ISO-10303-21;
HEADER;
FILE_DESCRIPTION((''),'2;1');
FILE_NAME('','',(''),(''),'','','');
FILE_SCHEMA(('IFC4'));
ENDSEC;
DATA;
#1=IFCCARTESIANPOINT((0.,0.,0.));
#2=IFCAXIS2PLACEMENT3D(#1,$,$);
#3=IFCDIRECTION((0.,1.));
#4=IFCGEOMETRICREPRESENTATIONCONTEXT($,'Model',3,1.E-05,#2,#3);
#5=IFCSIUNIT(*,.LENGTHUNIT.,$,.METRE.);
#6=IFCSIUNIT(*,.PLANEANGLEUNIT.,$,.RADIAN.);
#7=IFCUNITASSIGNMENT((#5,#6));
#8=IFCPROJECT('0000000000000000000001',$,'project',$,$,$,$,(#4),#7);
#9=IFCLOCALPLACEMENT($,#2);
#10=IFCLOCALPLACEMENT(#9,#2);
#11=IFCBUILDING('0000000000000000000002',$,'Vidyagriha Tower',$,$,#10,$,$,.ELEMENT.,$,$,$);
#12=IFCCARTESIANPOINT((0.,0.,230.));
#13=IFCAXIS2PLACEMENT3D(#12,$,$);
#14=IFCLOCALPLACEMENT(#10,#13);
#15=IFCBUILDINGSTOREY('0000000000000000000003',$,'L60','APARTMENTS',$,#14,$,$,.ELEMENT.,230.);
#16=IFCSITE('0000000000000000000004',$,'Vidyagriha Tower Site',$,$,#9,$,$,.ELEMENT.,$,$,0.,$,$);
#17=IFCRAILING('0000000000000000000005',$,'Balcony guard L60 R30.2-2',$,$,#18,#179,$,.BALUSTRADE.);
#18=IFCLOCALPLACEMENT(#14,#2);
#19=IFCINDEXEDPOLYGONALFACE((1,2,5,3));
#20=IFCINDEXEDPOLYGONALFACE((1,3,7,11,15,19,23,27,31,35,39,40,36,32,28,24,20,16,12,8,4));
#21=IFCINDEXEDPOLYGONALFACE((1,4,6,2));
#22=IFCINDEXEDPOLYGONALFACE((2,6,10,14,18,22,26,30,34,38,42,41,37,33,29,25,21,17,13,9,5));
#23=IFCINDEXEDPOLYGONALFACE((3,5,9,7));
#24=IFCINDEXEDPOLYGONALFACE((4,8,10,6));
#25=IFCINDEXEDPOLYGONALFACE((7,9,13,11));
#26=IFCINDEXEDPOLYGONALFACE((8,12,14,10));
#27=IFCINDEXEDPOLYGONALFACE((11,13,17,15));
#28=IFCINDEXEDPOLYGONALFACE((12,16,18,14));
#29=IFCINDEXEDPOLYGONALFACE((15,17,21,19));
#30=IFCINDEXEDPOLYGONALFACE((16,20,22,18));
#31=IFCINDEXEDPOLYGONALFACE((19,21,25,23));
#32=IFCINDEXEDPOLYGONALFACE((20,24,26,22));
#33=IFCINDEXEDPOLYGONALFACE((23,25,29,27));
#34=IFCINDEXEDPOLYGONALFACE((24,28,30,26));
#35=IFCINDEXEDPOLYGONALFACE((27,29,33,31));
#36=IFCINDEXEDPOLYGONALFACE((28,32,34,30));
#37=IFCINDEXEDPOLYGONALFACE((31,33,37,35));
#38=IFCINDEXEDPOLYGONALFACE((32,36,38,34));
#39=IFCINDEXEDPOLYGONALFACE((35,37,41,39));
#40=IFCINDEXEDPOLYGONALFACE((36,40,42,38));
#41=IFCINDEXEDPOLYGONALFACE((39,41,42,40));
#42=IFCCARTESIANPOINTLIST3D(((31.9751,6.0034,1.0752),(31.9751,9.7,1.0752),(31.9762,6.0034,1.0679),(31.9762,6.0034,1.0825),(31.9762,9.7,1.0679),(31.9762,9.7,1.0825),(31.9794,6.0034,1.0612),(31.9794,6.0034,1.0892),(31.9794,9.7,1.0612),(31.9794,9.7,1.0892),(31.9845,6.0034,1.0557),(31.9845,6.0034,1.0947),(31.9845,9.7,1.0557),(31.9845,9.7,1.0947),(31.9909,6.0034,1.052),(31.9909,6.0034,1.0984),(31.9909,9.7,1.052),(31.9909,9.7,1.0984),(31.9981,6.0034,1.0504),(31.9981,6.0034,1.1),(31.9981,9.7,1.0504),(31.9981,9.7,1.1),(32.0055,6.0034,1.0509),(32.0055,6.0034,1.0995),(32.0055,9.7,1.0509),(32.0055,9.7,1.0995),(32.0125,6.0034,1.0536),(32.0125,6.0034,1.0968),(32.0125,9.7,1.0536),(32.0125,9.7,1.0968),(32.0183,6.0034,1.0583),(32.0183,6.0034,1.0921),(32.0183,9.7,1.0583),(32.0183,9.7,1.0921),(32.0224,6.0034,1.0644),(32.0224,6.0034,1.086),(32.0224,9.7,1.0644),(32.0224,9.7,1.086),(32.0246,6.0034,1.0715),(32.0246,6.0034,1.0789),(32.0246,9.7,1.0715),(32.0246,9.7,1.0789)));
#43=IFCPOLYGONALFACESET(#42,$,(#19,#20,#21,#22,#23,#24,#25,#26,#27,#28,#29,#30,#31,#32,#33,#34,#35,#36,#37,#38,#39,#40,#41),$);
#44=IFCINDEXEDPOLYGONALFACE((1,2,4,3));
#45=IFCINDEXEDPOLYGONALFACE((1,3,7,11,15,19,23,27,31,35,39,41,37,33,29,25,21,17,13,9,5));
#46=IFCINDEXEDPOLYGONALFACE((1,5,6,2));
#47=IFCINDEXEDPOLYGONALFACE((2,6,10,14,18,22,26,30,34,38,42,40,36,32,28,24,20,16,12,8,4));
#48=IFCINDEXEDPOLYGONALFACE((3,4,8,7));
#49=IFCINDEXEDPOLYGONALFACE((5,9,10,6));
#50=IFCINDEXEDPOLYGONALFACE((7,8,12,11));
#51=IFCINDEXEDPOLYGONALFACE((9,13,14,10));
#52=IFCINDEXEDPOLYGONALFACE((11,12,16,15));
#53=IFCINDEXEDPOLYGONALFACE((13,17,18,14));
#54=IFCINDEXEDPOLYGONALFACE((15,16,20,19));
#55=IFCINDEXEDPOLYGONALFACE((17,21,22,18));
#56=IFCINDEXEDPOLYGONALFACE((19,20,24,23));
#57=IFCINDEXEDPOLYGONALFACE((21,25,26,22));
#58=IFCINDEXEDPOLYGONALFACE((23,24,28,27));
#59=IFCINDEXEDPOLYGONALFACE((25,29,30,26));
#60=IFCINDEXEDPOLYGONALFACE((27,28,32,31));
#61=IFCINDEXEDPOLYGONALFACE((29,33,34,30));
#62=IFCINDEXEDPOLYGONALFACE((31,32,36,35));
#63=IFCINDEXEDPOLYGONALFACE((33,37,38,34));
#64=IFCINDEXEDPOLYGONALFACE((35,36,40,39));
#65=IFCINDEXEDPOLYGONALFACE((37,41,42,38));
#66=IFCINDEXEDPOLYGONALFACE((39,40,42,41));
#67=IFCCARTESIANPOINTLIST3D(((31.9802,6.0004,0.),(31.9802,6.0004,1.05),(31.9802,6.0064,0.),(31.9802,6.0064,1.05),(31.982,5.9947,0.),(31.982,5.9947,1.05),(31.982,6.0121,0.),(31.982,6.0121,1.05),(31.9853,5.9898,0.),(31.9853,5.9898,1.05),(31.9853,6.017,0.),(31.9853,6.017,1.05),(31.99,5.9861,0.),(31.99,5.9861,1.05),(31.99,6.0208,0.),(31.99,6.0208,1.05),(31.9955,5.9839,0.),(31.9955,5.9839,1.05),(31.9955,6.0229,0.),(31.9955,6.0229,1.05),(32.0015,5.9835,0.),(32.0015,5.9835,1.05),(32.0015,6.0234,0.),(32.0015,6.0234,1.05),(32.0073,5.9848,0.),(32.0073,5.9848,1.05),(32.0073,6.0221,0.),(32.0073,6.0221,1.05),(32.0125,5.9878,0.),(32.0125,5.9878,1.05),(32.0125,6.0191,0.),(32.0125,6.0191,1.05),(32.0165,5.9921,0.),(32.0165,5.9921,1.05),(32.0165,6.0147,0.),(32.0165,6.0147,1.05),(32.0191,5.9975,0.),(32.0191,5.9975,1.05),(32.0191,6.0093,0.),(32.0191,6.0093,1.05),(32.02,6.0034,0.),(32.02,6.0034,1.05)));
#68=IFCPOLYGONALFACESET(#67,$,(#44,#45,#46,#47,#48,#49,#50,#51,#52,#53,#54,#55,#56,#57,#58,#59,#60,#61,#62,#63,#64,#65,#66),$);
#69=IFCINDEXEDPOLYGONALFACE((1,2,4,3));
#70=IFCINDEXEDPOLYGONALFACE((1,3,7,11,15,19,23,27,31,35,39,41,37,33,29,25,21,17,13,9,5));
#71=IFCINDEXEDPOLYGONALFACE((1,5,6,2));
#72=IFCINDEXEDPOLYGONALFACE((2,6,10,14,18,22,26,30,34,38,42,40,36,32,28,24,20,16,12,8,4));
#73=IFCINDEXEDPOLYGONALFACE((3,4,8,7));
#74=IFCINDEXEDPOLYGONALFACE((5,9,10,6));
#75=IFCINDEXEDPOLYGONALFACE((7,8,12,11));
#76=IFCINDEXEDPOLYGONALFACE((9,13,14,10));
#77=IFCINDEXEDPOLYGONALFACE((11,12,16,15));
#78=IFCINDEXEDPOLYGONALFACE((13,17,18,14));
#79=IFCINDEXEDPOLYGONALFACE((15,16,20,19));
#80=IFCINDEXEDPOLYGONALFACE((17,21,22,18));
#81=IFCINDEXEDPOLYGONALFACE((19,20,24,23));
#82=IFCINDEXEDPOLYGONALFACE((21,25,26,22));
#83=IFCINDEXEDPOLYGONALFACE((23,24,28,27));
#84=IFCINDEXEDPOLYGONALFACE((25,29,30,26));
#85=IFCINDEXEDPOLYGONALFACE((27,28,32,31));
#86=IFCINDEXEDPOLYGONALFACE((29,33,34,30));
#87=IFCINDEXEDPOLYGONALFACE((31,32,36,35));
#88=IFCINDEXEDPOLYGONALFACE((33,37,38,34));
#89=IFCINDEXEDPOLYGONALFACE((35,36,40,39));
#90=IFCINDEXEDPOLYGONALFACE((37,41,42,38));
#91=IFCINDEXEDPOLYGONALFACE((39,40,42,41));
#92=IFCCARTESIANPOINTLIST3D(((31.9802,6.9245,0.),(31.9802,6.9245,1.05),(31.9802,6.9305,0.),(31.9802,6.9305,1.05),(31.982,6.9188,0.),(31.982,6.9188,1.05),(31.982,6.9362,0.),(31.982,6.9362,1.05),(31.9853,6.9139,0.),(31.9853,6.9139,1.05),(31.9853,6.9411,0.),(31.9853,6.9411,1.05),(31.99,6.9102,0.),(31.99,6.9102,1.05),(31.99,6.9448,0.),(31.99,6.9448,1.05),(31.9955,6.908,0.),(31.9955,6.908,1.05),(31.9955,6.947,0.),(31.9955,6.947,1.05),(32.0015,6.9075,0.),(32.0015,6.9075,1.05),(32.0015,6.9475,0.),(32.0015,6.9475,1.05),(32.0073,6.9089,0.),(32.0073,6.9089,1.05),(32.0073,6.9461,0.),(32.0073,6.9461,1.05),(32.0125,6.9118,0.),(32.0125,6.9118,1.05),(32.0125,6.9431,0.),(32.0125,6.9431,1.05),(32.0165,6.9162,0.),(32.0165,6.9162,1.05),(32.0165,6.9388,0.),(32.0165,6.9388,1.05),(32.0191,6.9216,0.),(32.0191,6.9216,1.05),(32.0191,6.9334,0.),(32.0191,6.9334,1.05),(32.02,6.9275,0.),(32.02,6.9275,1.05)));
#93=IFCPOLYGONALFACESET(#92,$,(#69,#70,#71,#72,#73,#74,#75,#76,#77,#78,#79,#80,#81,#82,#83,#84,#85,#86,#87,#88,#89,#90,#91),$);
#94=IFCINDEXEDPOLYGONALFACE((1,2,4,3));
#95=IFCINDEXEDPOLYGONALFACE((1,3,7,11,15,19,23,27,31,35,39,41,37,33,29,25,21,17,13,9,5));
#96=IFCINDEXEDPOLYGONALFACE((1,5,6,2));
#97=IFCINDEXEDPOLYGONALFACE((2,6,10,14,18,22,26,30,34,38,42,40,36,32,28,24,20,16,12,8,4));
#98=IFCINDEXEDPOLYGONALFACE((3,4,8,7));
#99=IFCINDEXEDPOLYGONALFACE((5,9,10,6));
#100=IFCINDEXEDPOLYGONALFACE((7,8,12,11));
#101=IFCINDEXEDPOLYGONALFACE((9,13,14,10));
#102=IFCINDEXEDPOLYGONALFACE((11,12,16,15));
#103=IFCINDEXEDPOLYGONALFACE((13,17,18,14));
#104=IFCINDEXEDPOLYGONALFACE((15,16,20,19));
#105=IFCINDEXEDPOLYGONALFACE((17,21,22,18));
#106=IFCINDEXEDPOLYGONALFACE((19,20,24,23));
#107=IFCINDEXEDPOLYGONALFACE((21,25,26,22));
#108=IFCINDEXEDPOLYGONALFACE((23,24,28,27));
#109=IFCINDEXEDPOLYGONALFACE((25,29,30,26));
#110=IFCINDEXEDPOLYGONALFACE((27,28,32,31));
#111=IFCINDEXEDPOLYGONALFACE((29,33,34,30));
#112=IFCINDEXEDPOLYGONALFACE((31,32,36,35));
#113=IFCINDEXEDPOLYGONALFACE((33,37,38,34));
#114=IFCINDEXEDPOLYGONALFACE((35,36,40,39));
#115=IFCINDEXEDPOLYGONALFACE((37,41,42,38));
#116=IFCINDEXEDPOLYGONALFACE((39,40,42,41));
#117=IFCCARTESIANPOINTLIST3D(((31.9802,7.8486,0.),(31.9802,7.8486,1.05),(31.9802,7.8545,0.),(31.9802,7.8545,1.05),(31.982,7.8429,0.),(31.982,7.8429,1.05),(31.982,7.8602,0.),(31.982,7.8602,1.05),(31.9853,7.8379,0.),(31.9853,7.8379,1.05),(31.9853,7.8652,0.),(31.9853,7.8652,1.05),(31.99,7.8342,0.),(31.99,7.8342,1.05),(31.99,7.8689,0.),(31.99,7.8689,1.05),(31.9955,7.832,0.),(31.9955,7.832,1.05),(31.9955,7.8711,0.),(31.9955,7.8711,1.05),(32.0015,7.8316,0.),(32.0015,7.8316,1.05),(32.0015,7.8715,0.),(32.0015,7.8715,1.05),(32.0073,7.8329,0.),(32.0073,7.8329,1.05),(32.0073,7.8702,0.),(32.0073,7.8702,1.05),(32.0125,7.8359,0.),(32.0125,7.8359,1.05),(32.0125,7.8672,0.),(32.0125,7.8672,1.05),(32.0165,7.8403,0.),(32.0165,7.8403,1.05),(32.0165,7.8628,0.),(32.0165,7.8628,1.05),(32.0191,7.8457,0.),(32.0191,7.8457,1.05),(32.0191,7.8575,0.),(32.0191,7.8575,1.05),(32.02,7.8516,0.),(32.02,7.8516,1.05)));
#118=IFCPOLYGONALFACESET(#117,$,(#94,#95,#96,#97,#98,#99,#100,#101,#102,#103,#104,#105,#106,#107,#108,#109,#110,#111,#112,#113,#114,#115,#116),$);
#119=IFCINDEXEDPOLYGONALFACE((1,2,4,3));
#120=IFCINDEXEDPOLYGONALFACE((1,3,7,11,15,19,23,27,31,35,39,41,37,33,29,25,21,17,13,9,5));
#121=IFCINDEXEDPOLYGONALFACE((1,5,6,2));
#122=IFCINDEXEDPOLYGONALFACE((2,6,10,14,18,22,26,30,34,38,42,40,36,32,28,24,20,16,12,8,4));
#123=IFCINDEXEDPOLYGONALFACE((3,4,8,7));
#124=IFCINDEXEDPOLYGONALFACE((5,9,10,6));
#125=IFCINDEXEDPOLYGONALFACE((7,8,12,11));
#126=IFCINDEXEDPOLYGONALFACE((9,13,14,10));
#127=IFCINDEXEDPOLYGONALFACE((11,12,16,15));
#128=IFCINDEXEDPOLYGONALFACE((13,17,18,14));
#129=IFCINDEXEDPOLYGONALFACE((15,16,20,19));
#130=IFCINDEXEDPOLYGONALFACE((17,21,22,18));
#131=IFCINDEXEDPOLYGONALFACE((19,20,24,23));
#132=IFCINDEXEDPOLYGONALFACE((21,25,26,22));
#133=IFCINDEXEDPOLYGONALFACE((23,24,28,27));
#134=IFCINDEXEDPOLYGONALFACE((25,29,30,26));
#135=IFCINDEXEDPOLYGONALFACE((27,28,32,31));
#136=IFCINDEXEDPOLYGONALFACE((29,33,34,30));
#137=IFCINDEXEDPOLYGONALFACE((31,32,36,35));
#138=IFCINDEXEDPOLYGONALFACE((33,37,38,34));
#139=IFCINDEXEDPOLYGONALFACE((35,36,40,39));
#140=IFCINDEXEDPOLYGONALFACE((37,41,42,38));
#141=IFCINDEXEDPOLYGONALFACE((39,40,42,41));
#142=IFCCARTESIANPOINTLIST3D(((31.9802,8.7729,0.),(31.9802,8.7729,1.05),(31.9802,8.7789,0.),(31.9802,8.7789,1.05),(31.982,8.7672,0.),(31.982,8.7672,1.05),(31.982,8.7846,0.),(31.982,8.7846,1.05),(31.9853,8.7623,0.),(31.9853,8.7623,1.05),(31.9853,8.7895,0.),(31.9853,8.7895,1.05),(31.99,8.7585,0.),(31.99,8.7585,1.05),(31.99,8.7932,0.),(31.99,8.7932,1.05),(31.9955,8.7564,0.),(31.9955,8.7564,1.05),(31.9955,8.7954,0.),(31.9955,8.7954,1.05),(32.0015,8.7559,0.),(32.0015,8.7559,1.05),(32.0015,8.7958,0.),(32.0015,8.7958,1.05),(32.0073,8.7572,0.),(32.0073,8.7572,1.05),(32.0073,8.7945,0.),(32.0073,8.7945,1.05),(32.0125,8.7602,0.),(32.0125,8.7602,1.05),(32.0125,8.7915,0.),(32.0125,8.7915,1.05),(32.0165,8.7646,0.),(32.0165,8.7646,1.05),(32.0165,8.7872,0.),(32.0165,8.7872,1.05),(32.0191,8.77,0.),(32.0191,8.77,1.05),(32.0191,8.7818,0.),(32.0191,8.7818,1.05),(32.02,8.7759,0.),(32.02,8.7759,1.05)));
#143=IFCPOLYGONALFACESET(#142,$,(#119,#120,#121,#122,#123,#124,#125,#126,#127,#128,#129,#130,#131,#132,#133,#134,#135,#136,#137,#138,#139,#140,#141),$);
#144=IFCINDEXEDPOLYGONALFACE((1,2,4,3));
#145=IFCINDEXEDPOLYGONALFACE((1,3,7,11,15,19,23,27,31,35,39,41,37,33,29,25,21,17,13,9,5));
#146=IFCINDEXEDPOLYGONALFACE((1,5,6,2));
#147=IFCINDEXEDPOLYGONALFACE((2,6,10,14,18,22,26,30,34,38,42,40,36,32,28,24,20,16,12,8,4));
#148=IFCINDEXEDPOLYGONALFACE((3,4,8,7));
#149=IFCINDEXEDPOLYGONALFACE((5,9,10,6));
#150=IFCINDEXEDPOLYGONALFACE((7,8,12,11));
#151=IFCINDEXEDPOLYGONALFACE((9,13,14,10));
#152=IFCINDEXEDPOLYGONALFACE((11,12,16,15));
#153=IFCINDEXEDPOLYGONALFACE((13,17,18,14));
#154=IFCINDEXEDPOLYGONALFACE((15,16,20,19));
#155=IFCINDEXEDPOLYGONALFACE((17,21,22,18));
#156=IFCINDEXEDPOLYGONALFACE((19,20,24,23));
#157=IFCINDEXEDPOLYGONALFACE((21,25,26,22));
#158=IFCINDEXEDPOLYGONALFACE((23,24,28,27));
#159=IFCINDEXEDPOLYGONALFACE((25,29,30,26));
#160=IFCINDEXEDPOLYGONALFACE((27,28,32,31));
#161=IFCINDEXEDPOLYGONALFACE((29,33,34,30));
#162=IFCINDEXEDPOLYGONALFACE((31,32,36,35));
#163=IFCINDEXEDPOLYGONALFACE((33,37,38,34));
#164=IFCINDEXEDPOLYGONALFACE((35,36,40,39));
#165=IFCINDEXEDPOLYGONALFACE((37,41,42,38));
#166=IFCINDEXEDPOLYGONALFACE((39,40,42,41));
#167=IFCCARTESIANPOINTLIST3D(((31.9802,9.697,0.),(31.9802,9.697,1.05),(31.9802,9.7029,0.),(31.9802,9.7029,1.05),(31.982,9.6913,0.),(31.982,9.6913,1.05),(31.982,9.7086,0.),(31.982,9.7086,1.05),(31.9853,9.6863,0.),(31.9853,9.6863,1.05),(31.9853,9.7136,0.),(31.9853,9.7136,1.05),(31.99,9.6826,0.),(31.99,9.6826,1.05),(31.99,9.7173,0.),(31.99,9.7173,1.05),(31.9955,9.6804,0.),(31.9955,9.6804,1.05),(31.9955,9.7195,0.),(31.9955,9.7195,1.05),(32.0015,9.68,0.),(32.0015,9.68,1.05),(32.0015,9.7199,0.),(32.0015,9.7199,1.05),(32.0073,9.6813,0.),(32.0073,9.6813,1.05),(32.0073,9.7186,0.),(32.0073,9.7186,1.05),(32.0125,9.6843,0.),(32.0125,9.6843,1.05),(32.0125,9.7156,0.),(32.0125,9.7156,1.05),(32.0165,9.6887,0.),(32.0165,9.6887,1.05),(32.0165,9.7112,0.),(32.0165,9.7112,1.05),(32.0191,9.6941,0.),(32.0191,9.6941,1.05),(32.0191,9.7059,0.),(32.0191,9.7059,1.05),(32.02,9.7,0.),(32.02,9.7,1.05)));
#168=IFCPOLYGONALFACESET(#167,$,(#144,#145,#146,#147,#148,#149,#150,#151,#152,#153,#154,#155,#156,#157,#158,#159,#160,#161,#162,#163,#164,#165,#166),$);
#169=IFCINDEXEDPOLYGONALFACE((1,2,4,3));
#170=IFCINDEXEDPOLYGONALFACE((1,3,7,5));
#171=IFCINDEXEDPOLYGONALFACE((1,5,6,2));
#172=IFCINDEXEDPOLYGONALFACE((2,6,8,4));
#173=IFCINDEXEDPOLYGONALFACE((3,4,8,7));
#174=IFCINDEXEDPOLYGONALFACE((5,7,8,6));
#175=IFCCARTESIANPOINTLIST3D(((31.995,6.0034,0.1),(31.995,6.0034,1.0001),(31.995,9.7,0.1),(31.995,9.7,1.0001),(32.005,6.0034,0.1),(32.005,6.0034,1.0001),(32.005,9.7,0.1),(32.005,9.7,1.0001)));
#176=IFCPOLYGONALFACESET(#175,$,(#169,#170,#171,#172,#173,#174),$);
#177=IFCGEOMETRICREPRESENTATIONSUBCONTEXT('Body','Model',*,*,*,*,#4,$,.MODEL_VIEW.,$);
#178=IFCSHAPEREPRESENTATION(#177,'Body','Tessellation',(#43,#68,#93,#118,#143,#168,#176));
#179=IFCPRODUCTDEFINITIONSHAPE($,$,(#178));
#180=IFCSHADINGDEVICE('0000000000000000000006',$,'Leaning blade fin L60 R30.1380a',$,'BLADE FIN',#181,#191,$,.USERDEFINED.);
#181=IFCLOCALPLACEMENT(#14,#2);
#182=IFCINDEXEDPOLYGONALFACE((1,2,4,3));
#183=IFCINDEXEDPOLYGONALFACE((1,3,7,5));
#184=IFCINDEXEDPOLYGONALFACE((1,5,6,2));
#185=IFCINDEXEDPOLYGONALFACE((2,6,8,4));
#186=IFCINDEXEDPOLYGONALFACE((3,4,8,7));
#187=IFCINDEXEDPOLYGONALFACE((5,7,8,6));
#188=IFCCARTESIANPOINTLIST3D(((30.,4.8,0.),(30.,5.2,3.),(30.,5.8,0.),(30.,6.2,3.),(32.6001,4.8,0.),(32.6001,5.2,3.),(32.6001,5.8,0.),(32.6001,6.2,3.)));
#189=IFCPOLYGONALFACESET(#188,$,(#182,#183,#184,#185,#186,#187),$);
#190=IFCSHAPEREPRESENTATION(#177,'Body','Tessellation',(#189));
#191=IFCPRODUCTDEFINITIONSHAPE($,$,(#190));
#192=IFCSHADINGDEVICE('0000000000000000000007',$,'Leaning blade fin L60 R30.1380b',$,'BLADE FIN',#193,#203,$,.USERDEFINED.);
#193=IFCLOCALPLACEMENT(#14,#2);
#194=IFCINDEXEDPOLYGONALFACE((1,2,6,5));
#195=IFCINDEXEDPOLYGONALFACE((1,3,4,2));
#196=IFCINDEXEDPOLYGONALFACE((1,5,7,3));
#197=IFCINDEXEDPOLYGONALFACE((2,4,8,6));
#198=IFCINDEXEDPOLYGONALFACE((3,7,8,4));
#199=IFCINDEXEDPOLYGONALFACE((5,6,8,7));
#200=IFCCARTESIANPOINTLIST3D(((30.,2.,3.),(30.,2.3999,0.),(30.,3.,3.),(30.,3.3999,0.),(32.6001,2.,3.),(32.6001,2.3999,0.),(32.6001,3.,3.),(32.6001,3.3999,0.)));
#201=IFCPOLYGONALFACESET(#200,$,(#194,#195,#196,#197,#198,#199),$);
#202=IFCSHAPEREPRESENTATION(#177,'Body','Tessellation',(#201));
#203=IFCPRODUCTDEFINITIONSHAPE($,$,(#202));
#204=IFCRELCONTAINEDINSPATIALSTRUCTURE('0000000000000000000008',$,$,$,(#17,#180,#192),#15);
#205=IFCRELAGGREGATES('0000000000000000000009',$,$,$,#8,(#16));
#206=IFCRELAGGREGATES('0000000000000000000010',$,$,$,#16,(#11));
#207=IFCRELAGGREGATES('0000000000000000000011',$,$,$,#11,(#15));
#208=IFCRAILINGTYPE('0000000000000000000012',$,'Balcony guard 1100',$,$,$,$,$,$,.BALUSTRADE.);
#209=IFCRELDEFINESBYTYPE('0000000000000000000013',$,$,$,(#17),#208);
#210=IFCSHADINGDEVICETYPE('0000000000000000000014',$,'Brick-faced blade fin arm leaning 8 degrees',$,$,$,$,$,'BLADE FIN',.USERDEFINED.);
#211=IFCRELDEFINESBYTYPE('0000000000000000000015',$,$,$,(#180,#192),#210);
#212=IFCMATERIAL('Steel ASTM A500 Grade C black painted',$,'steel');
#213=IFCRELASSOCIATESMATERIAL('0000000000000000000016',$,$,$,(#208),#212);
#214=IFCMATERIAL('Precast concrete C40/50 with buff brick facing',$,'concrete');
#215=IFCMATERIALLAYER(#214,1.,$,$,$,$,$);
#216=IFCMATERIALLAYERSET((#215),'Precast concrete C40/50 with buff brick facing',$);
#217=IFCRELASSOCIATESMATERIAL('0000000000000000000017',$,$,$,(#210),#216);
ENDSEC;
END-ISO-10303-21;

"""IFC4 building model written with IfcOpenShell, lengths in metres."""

from ifc_helpers import new_model, si_unit, direction, frame, origin, origin_2d, place, context, subcontext, project, spatial, polyline, rectangle, circle, outline, extrude, material, layer, layer_set, type_object, element, save


model = new_model("IFC4")

# Units and contexts
model_context = context("Model", 3, precision=1e-05, world=origin(), true_north=direction((0.0, 1.0)))
body_context = subcontext(model_context, "Body", "Model", "MODEL_VIEW")
ifc_project = project(units=[si_unit("LENGTHUNIT", "METRE"), si_unit("PLANEANGLEUNIT", "RADIAN")], contexts=[model_context])

# Site, building, storey
site_placement = place(None, origin())
site = spatial("IfcSite", under=ifc_project, at=site_placement, Name="Vidyagriha Tower Site", CompositionType="ELEMENT", RefElevation=0.0)
building_placement = place(site_placement, origin())
building = spatial("IfcBuilding", under=site, at=building_placement, Name="Vidyagriha Tower", CompositionType="ELEMENT")
storey_placement = place(building_placement, frame((0.0, 0.0, 230.0)))
storey = spatial("IfcBuildingStorey", under=building, at=storey_placement, Name="L60", Description="APARTMENTS", CompositionType="ELEMENT", Elevation=230.0)

# Railing
ifc_material_1 = material(Name="Steel ASTM A500 Grade C black painted", Category="steel")
railing_type_1 = type_object("IfcRailingType", Name="Balcony guard 1100", PredefinedType="BALUSTRADE", material=ifc_material_1)
railing_1_placement = place(storey_placement, frame((32.0, 6.0034, 0.0)))
element("IfcRailing", 1, at=railing_1_placement, inside=storey, type_object=railing_type_1, Name="Balcony guard L60 R30.2-2", PredefinedType="BALUSTRADE", context=body_context, shape_type="SweptSolid", body=[
    extrude(circle(Radius=0.0249, at=origin_2d()), frame((0.0, 0.0, 1.0752), z_axis=(0.0, 1.0, 0.0), x_axis=(-1.0, 0.0, 0.0)), (0.0, 0.0, 1.0), 3.6965),
    extrude(circle(Radius=0.02, at=origin_2d()), origin(), (0.0, 0.0, 1.0), 1.05),
    extrude(circle(Radius=0.02, at=origin_2d()), frame((0.0, 0.9241, 0.0)), (0.0, 0.0, 1.0), 1.05),
    extrude(circle(Radius=0.02, at=origin_2d()), frame((0.0, 1.8481, 0.0)), (0.0, 0.0, 1.0), 1.05),
    extrude(circle(Radius=0.02, at=origin_2d()), frame((0.0, 2.7725, 0.0)), (0.0, 0.0, 1.0), 1.05),
    extrude(circle(Radius=0.02, at=origin_2d()), frame((0.0, 3.6965, 0.0)), (0.0, 0.0, 1.0), 1.05),
    extrude(rectangle(XDim=0.01, YDim=0.9001, at=origin_2d()), frame((0.0, 0.0, 0.55), z_axis=(0.0, 1.0, 0.0), x_axis=(-1.0, 0.0, 0.0)), (0.0, 0.0, 1.0), 3.6965),
])

# Shading devices
ifc_material_2 = material(Name="Precast concrete C40/50 with buff brick facing", Category="concrete")
ifc_layer_1 = layer(ifc_material_2, 1.0)
ifc_layer_set_1 = layer_set([ifc_layer_1], Name="Precast concrete C40/50 with buff brick facing")
shading_device_type_1 = type_object("IfcShadingDeviceType", Name="Brick-faced blade fin arm leaning 8 degrees", ElementType="BLADE FIN", PredefinedType="USERDEFINED", material=ifc_layer_set_1)
shading_device_1_placement = place(storey_placement, frame((31.3, 4.8, 0.0), z_axis=(0.0, 0.0, 1.0), x_axis=(0.0, 1.0, 0.0)))
element("IfcShadingDevice", 2, at=shading_device_1_placement, inside=storey, type_object=shading_device_type_1, Name="Leaning blade fin L60 R30.1380a", ObjectType="BLADE FIN", PredefinedType="USERDEFINED", context=body_context, shape_type="SweptSolid", body=[
    extrude(outline(polyline([(0.0, 0.0), (1.0, 0.0), (1.3999, 3.0), (0.3999, 3.0), (0.0, 0.0)])), frame((0.0, 1.3, 0.0), z_axis=(0.0, -1.0, 0.0), x_axis=(1.0, 0.0, 0.0)), (0.0, 0.0, 1.0), 2.6001),
])
shading_device_2_placement = place(storey_placement, frame((31.3, 2.0, 0.0), z_axis=(0.0, 0.0, 1.0), x_axis=(0.0, 1.0, 0.0)))
element("IfcShadingDevice", 3, at=shading_device_2_placement, inside=storey, type_object=shading_device_type_1, Name="Leaning blade fin L60 R30.1380b", ObjectType="BLADE FIN", PredefinedType="USERDEFINED", context=body_context, shape_type="SweptSolid", body=[
    extrude(outline(polyline([(0.3999, 0.0), (1.3999, 0.0), (1.0, 3.0), (0.0, 3.0), (0.3999, 0.0)])), frame((0.0, 1.3, 0.0), z_axis=(0.0, -1.0, 0.0), x_axis=(1.0, 0.0, 0.0)), (0.0, 0.0, 1.0), 2.6001),
])

save(model, "model.ifc")
